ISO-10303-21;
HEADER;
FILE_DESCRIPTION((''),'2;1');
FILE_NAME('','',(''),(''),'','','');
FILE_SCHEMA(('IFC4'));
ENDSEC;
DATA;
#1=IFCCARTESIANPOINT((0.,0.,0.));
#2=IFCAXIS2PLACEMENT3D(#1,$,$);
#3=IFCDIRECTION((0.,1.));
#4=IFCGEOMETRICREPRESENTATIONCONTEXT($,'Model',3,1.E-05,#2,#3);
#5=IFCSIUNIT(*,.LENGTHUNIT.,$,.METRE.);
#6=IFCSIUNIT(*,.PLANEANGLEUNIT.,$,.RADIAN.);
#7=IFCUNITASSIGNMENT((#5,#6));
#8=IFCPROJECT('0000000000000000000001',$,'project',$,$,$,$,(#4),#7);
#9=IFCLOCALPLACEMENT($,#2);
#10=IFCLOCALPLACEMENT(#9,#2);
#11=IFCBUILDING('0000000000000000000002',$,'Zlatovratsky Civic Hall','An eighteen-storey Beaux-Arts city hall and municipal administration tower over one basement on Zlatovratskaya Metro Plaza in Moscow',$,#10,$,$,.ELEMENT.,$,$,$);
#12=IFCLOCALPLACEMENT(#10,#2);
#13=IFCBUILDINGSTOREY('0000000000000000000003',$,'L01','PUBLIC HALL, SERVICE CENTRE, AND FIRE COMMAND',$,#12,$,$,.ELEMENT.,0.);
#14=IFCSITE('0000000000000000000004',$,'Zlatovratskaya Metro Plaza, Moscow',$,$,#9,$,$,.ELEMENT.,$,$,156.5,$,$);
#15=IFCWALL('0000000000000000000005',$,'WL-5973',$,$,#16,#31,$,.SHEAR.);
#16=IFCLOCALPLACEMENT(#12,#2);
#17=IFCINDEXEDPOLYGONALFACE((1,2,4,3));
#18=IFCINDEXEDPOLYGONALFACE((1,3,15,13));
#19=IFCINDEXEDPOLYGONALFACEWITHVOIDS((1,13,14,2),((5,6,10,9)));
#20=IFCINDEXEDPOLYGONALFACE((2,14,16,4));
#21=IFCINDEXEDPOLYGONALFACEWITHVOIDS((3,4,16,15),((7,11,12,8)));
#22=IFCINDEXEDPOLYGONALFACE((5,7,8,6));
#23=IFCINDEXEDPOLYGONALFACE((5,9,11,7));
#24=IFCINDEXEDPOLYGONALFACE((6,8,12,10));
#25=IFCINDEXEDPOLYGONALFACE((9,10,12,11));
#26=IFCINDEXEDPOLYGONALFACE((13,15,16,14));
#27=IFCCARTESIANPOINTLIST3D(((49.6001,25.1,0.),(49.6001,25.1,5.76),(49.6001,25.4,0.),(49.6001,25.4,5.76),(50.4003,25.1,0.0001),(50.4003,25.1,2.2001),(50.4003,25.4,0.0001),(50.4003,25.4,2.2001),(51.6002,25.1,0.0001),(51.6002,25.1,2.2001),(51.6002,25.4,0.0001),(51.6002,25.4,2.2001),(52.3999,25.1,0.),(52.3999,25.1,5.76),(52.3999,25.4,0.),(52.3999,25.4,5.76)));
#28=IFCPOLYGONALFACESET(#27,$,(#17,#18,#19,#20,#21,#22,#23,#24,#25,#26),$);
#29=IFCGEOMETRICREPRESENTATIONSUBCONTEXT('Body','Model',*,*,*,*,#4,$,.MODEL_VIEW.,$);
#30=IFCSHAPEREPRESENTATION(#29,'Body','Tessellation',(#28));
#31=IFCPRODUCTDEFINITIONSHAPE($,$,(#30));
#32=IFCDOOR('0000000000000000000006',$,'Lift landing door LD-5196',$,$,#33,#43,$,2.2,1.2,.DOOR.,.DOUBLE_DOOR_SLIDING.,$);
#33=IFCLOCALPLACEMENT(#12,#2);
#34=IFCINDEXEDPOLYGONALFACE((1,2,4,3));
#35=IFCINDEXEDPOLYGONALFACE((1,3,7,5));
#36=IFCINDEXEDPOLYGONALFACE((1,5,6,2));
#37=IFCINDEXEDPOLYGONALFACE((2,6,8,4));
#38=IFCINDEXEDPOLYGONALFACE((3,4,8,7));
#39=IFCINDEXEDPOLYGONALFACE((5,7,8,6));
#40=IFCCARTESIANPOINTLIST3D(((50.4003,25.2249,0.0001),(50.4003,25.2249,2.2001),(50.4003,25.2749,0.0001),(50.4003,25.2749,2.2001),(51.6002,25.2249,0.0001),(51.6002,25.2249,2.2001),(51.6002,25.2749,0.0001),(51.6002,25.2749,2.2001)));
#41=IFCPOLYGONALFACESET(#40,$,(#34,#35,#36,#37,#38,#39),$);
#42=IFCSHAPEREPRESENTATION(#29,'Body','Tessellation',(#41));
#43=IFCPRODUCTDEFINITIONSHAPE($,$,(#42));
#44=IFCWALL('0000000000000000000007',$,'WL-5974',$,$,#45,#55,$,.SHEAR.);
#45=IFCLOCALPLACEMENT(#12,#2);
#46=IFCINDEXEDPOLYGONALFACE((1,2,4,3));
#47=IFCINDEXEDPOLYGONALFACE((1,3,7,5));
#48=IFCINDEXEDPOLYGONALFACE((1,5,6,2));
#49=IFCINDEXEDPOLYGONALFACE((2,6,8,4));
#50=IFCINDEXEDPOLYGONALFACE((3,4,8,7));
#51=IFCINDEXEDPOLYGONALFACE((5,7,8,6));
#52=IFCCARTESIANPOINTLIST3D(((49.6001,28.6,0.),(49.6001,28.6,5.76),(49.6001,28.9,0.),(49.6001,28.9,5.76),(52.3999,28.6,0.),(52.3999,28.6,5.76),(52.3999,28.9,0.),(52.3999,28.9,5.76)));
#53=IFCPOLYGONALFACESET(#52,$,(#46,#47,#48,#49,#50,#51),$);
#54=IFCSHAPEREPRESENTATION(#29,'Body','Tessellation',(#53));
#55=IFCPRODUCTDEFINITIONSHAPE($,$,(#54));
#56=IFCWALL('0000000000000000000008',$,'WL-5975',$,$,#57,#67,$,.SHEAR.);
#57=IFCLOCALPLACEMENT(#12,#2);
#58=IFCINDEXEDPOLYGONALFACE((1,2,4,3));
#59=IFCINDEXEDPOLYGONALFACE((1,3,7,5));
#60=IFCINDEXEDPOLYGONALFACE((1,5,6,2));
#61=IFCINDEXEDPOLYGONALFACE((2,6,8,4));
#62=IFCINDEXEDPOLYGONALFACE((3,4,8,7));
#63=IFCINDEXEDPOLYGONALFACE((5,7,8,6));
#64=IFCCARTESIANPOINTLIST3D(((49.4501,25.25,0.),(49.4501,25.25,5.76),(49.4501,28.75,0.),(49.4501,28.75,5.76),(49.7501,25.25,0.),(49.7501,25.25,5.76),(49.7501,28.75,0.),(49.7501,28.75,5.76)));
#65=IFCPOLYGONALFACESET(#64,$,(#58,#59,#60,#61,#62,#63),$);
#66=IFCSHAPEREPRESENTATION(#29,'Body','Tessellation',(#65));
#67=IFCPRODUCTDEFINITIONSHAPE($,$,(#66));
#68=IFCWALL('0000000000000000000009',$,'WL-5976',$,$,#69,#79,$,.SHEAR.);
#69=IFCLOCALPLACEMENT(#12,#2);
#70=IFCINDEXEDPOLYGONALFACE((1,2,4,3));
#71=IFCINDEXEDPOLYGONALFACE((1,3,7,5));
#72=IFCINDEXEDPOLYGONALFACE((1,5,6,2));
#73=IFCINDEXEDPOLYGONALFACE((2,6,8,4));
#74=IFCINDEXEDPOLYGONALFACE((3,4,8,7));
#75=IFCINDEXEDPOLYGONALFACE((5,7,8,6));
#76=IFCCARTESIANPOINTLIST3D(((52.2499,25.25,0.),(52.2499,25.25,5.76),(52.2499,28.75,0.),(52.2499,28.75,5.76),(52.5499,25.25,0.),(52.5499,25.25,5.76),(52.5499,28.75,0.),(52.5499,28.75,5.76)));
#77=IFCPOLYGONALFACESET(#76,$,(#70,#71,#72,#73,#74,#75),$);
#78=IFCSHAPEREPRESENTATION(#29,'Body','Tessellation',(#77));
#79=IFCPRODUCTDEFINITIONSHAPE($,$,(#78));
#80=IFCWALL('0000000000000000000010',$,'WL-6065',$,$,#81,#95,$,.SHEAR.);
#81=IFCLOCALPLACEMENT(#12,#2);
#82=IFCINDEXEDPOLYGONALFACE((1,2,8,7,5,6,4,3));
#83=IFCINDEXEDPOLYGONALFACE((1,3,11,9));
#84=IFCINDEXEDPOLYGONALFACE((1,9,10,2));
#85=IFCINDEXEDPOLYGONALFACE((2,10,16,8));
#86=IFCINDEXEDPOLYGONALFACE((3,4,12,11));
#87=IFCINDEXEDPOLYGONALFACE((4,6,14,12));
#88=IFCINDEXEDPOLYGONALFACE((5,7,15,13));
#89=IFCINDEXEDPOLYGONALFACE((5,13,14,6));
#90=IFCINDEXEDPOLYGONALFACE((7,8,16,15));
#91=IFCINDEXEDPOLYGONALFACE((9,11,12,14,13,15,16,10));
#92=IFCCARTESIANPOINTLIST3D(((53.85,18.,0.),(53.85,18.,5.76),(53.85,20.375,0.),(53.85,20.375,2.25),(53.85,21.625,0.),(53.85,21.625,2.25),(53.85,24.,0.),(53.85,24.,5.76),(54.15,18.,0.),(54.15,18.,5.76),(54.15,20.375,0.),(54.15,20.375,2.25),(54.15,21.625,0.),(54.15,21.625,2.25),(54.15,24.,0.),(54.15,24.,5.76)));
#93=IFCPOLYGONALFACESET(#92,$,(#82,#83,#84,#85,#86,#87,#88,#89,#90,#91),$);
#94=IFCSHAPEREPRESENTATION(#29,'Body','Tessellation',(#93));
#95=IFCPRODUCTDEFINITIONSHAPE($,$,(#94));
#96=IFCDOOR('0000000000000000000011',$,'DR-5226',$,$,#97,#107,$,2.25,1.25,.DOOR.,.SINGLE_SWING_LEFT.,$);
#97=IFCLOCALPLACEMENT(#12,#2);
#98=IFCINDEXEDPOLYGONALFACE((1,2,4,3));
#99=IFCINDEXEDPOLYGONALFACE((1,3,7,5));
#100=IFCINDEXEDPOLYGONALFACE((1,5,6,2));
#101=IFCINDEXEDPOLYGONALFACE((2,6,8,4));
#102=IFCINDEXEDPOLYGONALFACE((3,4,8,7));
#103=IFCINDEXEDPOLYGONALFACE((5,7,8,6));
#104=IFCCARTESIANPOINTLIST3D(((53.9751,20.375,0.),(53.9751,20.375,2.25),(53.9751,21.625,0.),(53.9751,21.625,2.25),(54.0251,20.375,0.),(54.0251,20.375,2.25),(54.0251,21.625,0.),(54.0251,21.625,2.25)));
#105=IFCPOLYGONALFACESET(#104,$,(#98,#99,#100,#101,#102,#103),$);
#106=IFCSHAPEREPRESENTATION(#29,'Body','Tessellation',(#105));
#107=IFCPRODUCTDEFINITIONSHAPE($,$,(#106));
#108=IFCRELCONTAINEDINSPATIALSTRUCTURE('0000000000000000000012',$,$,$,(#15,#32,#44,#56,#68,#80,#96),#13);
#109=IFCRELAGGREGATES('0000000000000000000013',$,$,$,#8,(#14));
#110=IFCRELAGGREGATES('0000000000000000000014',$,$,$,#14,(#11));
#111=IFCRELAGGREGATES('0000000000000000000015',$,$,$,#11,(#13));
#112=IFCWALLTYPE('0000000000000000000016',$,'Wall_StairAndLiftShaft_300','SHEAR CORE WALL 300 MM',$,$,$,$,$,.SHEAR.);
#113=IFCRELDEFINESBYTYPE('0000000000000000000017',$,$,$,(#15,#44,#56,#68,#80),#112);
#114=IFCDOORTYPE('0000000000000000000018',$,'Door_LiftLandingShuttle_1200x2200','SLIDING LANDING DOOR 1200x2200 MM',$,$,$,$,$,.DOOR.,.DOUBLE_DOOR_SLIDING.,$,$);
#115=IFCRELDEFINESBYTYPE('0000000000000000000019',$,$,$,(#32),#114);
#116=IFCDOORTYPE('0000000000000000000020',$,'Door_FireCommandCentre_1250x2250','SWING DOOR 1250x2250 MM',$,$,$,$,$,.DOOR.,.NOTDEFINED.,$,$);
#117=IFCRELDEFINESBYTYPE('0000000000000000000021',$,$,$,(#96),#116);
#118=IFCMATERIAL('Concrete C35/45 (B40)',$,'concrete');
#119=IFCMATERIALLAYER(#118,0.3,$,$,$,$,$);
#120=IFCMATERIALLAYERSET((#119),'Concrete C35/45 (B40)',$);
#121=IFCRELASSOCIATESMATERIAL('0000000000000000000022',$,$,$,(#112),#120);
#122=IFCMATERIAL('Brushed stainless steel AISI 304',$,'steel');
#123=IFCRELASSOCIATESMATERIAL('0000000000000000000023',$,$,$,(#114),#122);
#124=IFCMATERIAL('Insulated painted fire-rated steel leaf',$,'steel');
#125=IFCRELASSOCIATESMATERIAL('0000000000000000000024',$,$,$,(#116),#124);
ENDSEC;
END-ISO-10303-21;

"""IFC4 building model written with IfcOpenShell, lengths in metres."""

from ifc_helpers import new_model, si_unit, direction, frame, frame_2d, origin, place, context, subcontext, project, spatial, rectangle, extrude, material, layer, layer_set, type_object, element, fill, save


model = new_model("IFC4")

# Units and contexts
model_context = context("Model", 3, precision=1e-05, world=origin(), true_north=direction((0.0, 1.0)))
body_context = subcontext(model_context, "Body", "Model", "MODEL_VIEW")
ifc_project = project(units=[si_unit("LENGTHUNIT", "METRE"), si_unit("PLANEANGLEUNIT", "RADIAN")], contexts=[model_context])

# Site, building, storey
site_placement = place(None, origin())
site = spatial("IfcSite", under=ifc_project, at=site_placement, Name="Zlatovratskaya Metro Plaza, Moscow", CompositionType="ELEMENT", RefElevation=156.5)
building_placement = place(site_placement, origin())
building = spatial("IfcBuilding", under=site, at=building_placement, Name="Zlatovratsky Civic Hall", Description="An eighteen-storey Beaux-Arts city hall and municipal administration tower over one basement on Zlatovratskaya Metro Plaza in Moscow", CompositionType="ELEMENT")
storey_placement = place(building_placement, origin())
storey = spatial("IfcBuildingStorey", under=building, at=storey_placement, Name="L01", Description="PUBLIC HALL, SERVICE CENTRE, AND FIRE COMMAND", CompositionType="ELEMENT", Elevation=0.0)

# Wall, opening, door
ifc_material_1 = material(Name="Concrete C35/45 (B40)", Category="concrete")
ifc_layer = layer(ifc_material_1, 0.3)
ifc_layer_set = layer_set([ifc_layer], Name="Concrete C35/45 (B40)")
wall_type = type_object("IfcWallType", Name="Wall_StairAndLiftShaft_300", Description="SHEAR CORE WALL 300 MM", PredefinedType="SHEAR", material=ifc_layer_set)
wall_1_placement = place(storey_placement, frame((49.6001, 25.25, 0.0), z_axis=(0.0, 0.0, 1.0), x_axis=(1.0, 0.0, 0.0)))
wall_1 = element("IfcWall", 1, at=wall_1_placement, inside=storey, type_object=wall_type, Name="WL-5973", PredefinedType="SHEAR", context=body_context, shape_type="SweptSolid", body=[
    extrude(rectangle(XDim=2.7998, YDim=0.3, at=frame_2d((1.3999, 0.0))), origin(), (0.0, 0.0, 1.0), 5.76),
])
opening_1_placement = place(wall_1_placement, frame((0.8, 0.0, 0.0)))
opening_1 = element("IfcOpeningElement", 2, at=opening_1_placement, cuts=wall_1, PredefinedType="OPENING", context=body_context, shape_type="SweptSolid", body=[
    extrude(rectangle(XDim=1.2, YDim=2.2, at=frame_2d((0.6001, 1.1001))), frame((0.0, 0.165, 0.0), z_axis=(0.0, -1.0, 0.0), x_axis=(1.0, 0.0, 0.0)), (0.0, 0.0, 1.0), 0.3298),
])
ifc_material_2 = material(Name="Brushed stainless steel AISI 304", Category="steel")
door_type_1 = type_object("IfcDoorType", Name="Door_LiftLandingShuttle_1200x2200", Description="SLIDING LANDING DOOR 1200x2200 MM", OperationType="DOUBLE_DOOR_SLIDING", PredefinedType="DOOR", material=ifc_material_2)
door_1_placement = place(opening_1_placement, origin())
door_1 = element("IfcDoor", 3, at=door_1_placement, inside=storey, type_object=door_type_1, Name="Lift landing door LD-5196", OperationType="DOUBLE_DOOR_SLIDING", OverallHeight=2.2, OverallWidth=1.2, PredefinedType="DOOR", context=body_context, shape_type="SweptSolid", body=[
    extrude(rectangle(XDim=1.2, YDim=2.2, at=frame_2d((0.6001, 1.1001))), frame((0.0, 0.0249, 0.0), z_axis=(0.0, -1.0, 0.0), x_axis=(1.0, 0.0, 0.0)), (0.0, 0.0, 1.0), 0.05),
])
fill(opening_1, door_1)

# Walls
wall_2_placement = place(storey_placement, frame((49.6001, 28.75, 0.0), z_axis=(0.0, 0.0, 1.0), x_axis=(1.0, 0.0, 0.0)))
element("IfcWall", 4, at=wall_2_placement, inside=storey, type_object=wall_type, Name="WL-5974", PredefinedType="SHEAR", context=body_context, shape_type="SweptSolid", body=[
    extrude(rectangle(XDim=2.7998, YDim=0.3, at=frame_2d((1.3999, 0.0))), origin(), (0.0, 0.0, 1.0), 5.76),
])
for number, where, z_axis, x_axis, name in (
    (5, (49.6001, 25.25, 0.0), (0.0, 0.0, 1.0), (0.0, 1.0, 0.0), "WL-5975"),
    (6, (52.3999, 25.25, 0.0), (0.0, 0.0, 1.0), (0.0, 1.0, 0.0), "WL-5976"),
):
    element("IfcWall", number, at=place(storey_placement, frame(where, z_axis=z_axis, x_axis=x_axis)), inside=storey, type_object=wall_type, Name=name, PredefinedType="SHEAR", context=body_context, shape_type="SweptSolid", body=[
        extrude(rectangle(XDim=3.5, YDim=0.3, at=frame_2d((1.75, 0.0))), origin(), (0.0, 0.0, 1.0), 5.76),
    ])

# Wall, opening, door
wall_3_placement = place(storey_placement, frame((54.0, 18.0, 0.0), z_axis=(0.0, 0.0, 1.0), x_axis=(0.0, 1.0, 0.0)))
wall_3 = element("IfcWall", 7, at=wall_3_placement, inside=storey, type_object=wall_type, Name="WL-6065", PredefinedType="SHEAR", context=body_context, shape_type="SweptSolid", body=[
    extrude(rectangle(XDim=6.0, YDim=0.3, at=frame_2d((3.0, 0.0))), origin(), (0.0, 0.0, 1.0), 5.76),
])
opening_2_placement = place(wall_3_placement, frame((2.375, 0.0, 0.0)))
opening_2 = element("IfcOpeningElement", 8, at=opening_2_placement, cuts=wall_3, PredefinedType="OPENING", context=body_context, shape_type="SweptSolid", body=[
    extrude(rectangle(XDim=1.25, YDim=2.25, at=frame_2d((0.625, 1.125))), frame((0.0, 0.165, 0.0), z_axis=(0.0, -1.0, 0.0), x_axis=(1.0, 0.0, 0.0)), (0.0, 0.0, 1.0), 0.3298),
])
ifc_material_3 = material(Name="Insulated painted fire-rated steel leaf", Category="steel")
door_type_2 = type_object("IfcDoorType", Name="Door_FireCommandCentre_1250x2250", Description="SWING DOOR 1250x2250 MM", OperationType="NOTDEFINED", PredefinedType="DOOR", material=ifc_material_3)
door_2_placement = place(opening_2_placement, origin())
door_2 = element("IfcDoor", 9, at=door_2_placement, inside=storey, type_object=door_type_2, Name="DR-5226", OperationType="SINGLE_SWING_LEFT", OverallHeight=2.25, OverallWidth=1.25, PredefinedType="DOOR", context=body_context, shape_type="SweptSolid", body=[
    extrude(rectangle(XDim=1.25, YDim=2.25, at=frame_2d((0.625, 1.125))), frame((0.0, 0.0249, 0.0), z_axis=(0.0, -1.0, 0.0), x_axis=(1.0, 0.0, 0.0)), (0.0, 0.0, 1.0), 0.05),
])
fill(opening_2, door_2)

save(model, "model.ifc")
